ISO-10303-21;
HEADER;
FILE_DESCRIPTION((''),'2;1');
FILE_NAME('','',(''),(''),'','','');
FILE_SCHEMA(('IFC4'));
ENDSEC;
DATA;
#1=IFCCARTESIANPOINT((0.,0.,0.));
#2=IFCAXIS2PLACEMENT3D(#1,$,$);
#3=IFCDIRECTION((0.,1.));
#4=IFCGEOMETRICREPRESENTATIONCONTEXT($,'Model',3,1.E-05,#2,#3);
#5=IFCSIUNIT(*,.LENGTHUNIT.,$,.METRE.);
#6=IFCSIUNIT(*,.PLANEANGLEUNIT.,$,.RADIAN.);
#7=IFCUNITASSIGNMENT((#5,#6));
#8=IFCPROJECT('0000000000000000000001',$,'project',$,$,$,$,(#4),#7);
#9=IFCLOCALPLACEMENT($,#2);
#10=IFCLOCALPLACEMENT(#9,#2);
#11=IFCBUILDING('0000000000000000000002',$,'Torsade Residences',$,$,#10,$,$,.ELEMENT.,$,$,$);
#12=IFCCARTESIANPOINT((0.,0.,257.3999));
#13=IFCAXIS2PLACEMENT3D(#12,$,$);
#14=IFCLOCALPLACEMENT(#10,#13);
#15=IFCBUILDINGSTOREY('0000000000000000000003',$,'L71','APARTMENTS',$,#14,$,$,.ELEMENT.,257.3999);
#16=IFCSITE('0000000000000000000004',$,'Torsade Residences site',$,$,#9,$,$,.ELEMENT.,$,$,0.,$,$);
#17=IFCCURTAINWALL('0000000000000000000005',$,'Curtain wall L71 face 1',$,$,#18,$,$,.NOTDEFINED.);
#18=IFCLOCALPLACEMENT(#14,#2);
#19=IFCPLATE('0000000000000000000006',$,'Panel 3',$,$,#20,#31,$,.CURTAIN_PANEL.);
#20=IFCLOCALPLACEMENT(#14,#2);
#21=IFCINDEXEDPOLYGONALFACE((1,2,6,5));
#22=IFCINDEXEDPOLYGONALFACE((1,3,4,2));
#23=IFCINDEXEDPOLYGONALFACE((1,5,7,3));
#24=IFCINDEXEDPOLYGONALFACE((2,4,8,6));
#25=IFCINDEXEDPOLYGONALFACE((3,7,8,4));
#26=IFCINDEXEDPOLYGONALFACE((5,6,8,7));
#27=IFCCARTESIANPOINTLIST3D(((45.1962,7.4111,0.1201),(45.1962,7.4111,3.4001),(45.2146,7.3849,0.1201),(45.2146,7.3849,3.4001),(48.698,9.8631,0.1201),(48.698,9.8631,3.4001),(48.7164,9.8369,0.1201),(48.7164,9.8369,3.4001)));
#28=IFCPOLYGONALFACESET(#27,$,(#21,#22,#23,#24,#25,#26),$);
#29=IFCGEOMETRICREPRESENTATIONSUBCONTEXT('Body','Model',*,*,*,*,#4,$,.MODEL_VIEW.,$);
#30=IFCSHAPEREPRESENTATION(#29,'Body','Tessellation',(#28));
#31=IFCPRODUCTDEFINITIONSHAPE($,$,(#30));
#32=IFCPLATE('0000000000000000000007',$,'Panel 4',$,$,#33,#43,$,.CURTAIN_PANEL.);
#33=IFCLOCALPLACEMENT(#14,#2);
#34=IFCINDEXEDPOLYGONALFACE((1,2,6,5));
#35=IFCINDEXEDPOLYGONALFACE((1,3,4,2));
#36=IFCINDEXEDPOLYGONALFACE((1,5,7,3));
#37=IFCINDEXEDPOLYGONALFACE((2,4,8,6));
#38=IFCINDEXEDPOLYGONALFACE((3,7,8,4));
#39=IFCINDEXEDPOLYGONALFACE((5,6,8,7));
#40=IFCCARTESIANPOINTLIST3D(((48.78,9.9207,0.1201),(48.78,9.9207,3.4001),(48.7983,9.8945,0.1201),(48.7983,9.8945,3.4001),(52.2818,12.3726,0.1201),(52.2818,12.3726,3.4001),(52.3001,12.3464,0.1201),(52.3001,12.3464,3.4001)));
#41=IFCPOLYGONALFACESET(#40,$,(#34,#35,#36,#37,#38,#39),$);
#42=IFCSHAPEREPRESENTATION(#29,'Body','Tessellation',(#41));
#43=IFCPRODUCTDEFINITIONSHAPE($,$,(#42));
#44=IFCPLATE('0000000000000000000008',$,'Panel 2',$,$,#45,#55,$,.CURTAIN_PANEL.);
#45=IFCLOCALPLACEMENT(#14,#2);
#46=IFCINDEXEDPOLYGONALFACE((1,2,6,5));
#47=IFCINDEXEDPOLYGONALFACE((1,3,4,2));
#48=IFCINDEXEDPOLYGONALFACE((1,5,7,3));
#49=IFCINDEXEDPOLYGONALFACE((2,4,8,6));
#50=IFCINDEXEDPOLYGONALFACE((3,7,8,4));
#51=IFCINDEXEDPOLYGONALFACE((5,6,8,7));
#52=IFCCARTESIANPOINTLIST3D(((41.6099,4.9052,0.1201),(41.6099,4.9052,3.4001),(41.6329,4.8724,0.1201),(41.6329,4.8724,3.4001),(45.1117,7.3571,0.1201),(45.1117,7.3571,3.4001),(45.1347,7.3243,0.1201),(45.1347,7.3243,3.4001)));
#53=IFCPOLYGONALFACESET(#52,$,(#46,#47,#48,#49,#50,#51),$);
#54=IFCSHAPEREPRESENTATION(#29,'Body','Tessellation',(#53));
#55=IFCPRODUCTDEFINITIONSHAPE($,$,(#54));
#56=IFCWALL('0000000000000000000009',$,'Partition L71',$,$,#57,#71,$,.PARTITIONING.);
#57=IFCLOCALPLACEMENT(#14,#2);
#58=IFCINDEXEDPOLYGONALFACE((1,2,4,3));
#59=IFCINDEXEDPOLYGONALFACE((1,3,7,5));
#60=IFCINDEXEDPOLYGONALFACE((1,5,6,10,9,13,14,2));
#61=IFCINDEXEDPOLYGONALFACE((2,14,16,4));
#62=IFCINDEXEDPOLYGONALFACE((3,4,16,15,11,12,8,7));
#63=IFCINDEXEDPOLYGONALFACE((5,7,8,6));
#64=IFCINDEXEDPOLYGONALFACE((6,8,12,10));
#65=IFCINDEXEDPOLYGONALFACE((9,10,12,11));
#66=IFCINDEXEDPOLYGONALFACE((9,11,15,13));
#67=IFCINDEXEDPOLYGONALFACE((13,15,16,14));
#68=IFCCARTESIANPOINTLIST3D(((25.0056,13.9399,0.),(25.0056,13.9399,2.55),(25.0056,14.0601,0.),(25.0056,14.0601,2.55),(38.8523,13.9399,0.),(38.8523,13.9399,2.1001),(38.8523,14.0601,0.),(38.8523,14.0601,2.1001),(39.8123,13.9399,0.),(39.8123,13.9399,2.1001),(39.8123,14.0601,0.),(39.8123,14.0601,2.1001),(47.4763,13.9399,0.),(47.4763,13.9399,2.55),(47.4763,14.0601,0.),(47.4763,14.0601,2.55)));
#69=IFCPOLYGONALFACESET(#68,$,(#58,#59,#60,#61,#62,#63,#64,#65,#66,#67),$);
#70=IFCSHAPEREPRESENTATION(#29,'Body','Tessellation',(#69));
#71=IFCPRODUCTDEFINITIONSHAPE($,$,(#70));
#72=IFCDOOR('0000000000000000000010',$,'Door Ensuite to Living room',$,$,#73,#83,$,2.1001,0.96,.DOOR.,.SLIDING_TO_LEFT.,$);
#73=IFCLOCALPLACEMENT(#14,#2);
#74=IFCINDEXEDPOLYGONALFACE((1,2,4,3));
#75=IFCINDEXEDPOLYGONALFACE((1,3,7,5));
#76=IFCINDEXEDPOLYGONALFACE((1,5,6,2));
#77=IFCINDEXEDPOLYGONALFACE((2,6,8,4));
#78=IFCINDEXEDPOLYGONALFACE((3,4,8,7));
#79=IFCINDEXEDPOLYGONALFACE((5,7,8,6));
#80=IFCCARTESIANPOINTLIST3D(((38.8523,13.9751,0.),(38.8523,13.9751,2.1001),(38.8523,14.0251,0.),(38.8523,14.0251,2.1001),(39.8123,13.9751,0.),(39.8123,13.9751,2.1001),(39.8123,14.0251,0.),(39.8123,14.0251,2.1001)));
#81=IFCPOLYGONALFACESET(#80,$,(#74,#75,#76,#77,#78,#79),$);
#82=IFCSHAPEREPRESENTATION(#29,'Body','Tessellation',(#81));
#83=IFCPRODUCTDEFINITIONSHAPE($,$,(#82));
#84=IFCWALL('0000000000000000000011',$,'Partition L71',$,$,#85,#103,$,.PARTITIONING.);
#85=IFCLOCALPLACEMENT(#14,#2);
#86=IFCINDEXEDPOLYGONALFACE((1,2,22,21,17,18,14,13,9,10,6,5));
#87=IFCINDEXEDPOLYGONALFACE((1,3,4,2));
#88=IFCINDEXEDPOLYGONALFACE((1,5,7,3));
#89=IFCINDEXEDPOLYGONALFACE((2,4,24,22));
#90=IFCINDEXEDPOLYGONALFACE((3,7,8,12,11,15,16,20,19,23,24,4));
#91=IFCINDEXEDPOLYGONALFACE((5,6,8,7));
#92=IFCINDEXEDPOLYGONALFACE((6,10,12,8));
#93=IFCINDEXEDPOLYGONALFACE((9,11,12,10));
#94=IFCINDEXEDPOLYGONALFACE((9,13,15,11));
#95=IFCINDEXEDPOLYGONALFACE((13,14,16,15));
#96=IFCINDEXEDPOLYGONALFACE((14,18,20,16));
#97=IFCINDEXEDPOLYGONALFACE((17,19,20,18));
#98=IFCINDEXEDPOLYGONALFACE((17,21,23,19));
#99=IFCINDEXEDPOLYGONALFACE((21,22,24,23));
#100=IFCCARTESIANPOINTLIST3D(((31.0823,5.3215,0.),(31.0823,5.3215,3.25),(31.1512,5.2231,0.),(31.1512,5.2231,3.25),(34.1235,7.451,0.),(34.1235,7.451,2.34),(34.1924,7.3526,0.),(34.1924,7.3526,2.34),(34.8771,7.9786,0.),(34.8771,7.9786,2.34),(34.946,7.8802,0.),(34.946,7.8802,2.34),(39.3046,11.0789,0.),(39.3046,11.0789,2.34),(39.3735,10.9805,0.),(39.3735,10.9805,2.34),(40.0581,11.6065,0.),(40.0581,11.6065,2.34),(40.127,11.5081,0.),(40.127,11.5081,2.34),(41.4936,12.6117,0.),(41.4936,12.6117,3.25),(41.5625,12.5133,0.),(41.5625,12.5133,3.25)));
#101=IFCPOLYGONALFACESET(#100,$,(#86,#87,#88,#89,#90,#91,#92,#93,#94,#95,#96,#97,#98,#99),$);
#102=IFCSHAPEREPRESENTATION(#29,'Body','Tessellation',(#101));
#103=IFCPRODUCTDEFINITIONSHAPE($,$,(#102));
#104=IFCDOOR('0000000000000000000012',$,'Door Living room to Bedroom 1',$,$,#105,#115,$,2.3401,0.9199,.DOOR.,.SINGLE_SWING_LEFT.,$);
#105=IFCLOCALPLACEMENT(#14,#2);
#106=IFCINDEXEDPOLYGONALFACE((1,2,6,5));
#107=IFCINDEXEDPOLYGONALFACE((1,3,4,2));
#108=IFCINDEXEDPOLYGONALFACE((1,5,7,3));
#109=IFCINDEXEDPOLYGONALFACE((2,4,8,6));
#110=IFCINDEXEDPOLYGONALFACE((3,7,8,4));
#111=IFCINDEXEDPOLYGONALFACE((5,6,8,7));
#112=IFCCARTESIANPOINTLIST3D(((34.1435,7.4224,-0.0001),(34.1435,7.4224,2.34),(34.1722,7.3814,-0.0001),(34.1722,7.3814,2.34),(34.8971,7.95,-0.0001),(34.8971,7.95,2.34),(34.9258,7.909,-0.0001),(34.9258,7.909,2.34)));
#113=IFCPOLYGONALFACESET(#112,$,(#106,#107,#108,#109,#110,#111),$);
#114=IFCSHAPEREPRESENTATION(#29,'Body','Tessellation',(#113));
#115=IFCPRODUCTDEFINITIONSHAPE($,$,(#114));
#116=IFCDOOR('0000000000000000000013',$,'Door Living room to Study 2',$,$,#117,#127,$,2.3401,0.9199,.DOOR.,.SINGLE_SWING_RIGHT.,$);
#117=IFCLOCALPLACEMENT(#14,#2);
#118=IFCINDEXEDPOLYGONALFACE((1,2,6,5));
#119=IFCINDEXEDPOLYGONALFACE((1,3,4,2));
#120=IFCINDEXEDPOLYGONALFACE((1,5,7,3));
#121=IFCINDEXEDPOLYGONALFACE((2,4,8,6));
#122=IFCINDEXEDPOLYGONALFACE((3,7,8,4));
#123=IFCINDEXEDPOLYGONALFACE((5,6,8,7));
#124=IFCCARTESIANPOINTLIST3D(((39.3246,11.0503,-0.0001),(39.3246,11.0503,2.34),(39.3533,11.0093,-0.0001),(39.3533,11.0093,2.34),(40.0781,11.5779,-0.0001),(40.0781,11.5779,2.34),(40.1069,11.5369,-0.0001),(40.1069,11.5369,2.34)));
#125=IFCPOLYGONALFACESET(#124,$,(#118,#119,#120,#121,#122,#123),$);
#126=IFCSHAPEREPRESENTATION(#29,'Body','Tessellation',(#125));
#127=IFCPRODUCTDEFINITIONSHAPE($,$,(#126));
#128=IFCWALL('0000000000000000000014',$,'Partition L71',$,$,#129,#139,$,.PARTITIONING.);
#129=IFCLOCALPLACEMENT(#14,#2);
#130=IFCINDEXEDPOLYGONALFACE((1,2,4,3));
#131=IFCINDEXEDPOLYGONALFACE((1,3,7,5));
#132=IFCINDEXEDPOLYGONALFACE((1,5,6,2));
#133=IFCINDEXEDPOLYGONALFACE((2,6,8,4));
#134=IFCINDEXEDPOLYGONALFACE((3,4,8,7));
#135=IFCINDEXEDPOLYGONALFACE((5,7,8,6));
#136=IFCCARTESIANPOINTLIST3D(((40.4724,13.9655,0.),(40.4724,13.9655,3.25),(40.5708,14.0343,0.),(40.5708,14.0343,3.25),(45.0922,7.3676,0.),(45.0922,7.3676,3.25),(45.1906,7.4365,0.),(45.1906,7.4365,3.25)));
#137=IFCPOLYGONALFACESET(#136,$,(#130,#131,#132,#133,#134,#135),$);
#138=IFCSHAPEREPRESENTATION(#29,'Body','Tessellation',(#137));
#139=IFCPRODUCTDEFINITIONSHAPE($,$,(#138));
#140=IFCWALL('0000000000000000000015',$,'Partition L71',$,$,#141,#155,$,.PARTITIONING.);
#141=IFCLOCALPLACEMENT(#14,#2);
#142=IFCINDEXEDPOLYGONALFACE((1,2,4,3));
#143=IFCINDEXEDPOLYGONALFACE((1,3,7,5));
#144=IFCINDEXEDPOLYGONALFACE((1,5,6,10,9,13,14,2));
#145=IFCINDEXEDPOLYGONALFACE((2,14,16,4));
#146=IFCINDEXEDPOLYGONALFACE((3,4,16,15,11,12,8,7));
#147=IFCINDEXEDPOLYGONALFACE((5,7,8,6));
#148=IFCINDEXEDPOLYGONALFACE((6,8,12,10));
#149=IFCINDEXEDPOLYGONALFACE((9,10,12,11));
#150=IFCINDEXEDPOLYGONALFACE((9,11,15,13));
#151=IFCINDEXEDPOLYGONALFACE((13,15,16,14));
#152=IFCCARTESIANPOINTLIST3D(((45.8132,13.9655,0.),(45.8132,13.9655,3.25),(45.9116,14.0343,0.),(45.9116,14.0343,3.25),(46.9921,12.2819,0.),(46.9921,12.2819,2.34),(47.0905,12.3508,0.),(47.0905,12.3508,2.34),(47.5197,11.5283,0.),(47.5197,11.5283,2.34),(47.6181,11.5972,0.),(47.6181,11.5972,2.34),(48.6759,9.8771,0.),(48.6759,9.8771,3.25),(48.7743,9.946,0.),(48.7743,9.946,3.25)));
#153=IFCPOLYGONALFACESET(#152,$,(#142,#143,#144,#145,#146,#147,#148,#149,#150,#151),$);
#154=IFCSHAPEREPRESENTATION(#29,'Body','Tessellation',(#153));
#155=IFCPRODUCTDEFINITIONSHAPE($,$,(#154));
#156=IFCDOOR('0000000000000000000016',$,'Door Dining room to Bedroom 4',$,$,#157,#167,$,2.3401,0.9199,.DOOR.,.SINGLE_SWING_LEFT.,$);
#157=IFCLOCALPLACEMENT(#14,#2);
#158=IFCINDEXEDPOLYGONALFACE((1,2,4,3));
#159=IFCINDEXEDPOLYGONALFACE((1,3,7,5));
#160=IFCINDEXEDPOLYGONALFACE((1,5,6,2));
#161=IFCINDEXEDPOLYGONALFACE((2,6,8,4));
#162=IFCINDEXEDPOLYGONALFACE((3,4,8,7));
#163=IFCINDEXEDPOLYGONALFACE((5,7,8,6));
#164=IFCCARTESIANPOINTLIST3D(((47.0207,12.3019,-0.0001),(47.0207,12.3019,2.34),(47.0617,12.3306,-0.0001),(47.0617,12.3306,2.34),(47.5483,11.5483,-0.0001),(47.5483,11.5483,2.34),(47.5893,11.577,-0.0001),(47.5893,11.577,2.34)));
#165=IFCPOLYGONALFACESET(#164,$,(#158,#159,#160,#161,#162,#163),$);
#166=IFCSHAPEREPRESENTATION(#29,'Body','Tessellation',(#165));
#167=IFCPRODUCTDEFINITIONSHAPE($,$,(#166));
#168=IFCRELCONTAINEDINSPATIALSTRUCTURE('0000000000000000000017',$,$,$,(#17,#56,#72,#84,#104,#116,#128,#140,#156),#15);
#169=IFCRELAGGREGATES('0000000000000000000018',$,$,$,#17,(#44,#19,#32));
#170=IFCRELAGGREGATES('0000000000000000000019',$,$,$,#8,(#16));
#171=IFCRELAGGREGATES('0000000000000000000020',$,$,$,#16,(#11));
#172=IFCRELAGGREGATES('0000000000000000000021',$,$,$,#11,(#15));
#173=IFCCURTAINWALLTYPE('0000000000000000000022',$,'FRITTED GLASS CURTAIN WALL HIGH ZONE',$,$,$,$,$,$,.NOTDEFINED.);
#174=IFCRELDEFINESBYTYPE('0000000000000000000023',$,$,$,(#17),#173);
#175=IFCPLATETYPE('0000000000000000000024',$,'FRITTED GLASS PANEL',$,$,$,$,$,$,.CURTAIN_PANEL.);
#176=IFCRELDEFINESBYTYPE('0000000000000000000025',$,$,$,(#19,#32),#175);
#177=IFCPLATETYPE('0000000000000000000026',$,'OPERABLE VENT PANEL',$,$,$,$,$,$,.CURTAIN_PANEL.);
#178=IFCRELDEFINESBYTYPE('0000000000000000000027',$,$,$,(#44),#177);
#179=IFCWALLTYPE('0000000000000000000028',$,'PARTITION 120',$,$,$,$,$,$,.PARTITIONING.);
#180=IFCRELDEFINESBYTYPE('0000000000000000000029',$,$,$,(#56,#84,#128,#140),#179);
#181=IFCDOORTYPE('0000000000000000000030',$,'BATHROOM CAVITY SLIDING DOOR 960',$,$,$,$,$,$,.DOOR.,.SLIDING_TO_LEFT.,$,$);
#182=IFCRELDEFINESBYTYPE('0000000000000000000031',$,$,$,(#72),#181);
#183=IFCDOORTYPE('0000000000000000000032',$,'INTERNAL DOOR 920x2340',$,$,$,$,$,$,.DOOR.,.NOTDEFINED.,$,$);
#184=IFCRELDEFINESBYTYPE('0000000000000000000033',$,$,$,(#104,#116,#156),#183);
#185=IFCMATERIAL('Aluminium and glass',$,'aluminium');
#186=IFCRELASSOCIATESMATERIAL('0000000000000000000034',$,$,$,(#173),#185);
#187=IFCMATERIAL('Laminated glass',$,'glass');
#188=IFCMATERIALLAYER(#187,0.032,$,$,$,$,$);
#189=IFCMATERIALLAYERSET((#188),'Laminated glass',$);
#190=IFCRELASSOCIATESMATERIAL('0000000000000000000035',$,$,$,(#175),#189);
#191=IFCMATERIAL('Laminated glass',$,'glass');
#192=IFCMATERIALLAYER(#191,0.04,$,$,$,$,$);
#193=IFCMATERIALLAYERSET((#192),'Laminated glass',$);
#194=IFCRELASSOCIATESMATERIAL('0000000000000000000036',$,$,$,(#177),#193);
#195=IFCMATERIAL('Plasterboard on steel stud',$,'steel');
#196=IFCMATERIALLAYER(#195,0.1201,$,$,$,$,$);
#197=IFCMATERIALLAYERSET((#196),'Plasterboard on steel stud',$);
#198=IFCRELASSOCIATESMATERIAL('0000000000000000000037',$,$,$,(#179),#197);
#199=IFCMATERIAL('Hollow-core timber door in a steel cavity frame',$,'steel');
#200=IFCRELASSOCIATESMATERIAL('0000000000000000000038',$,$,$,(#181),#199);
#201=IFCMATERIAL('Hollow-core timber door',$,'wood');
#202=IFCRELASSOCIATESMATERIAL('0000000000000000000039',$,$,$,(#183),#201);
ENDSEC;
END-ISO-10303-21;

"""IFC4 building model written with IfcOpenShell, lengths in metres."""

from ifc_helpers import new_model, si_unit, direction, frame, frame_2d, origin, origin_2d, place, context, subcontext, project, spatial, rectangle, extrude, material, layer, layer_set, type_object, element, fill, aggregate, save


model = new_model("IFC4")

# Units and contexts
model_context = context("Model", 3, precision=1e-05, world=origin(), true_north=direction((0.0, 1.0)))
body_context = subcontext(model_context, "Body", "Model", "MODEL_VIEW")
ifc_project = project(units=[si_unit("LENGTHUNIT", "METRE"), si_unit("PLANEANGLEUNIT", "RADIAN")], contexts=[model_context])

# Site, building, storey
site_placement = place(None, origin())
site = spatial("IfcSite", under=ifc_project, at=site_placement, Name="Torsade Residences site", CompositionType="ELEMENT", RefElevation=0.0)
building_placement = place(site_placement, origin())
building = spatial("IfcBuilding", under=site, at=building_placement, Name="Torsade Residences", CompositionType="ELEMENT")
storey_placement = place(building_placement, frame((0.0, 0.0, 257.3999)))
storey = spatial("IfcBuildingStorey", under=building, at=storey_placement, Name="L71", Description="APARTMENTS", CompositionType="ELEMENT", Elevation=257.3999)

# Curtain wall
ifc_material_1 = material(Name="Aluminium and glass", Category="aluminium")
curtain_wall_type = type_object("IfcCurtainWallType", Name="FRITTED GLASS CURTAIN WALL HIGH ZONE", PredefinedType="NOTDEFINED", material=ifc_material_1)
curtain_wall_placement = place(storey_placement, origin())
curtain_wall = element("IfcCurtainWall", 1, at=curtain_wall_placement, inside=storey, type_object=curtain_wall_type, Name="Curtain wall L71 face 1", PredefinedType="NOTDEFINED")

# Plates
ifc_material_2 = material(Name="Laminated glass", Category="glass")
ifc_layer_1 = layer(ifc_material_2, 0.032)
ifc_layer_set_1 = layer_set([ifc_layer_1], Name="Laminated glass")
plate_type_1 = type_object("IfcPlateType", Name="FRITTED GLASS PANEL", PredefinedType="CURTAIN_PANEL", material=ifc_layer_set_1)
plate_1_placement = place(storey_placement, frame((46.9563, 8.624, 0.1201), z_axis=(0.0, 0.0, 1.0), x_axis=(0.819152, 0.573576, 0.0)))
plate_1 = element("IfcPlate", 2, at=plate_1_placement, type_object=plate_type_1, Name="Panel 3", PredefinedType="CURTAIN_PANEL", context=body_context, shape_type="SweptSolid", body=[
    extrude(rectangle(XDim=4.2749, YDim=0.032, at=origin_2d()), origin(), (0.0, 0.0, 1.0), 3.28),
])
plate_2_placement = place(storey_placement, frame((50.54, 11.1335, 0.1201), z_axis=(0.0, 0.0, 1.0), x_axis=(0.819152, 0.573576, 0.0)))
plate_2 = element("IfcPlate", 3, at=plate_2_placement, type_object=plate_type_1, Name="Panel 4", PredefinedType="CURTAIN_PANEL", context=body_context, shape_type="SweptSolid", body=[
    extrude(rectangle(XDim=4.2749, YDim=0.032, at=origin_2d()), origin(), (0.0, 0.0, 1.0), 3.28),
])
ifc_material_3 = material(Name="Laminated glass", Category="glass")
ifc_layer_2 = layer(ifc_material_3, 0.04)
ifc_layer_set_2 = layer_set([ifc_layer_2], Name="Laminated glass")
plate_type_2 = type_object("IfcPlateType", Name="OPERABLE VENT PANEL", PredefinedType="CURTAIN_PANEL", material=ifc_layer_set_2)
plate_3_placement = place(storey_placement, frame((43.3723, 6.1147, 0.1201), z_axis=(0.0, 0.0, 1.0), x_axis=(0.819152, 0.573576, 0.0)))
plate_3 = element("IfcPlate", 4, at=plate_3_placement, type_object=plate_type_2, Name="Panel 2", PredefinedType="CURTAIN_PANEL", context=body_context, shape_type="SweptSolid", body=[
    extrude(rectangle(XDim=4.2749, YDim=0.04, at=origin_2d()), origin(), (0.0, 0.0, 1.0), 3.28),
])
aggregate(curtain_wall, [plate_3, plate_1, plate_2])

# Wall, opening, door
ifc_material_4 = material(Name="Plasterboard on steel stud", Category="steel")
ifc_layer_3 = layer(ifc_material_4, 0.1201)
ifc_layer_set_3 = layer_set([ifc_layer_3], Name="Plasterboard on steel stud")
wall_type_1 = type_object("IfcWallType", Name="PARTITION 120", PredefinedType="PARTITIONING", material=ifc_layer_set_3)
wall_1_placement = place(storey_placement, frame((47.4763, 14.0, 0.0), z_axis=(0.0, 0.0, 1.0), x_axis=(-1.0, 0.0, 0.0)))
wall_1 = element("IfcWall", 5, at=wall_1_placement, inside=storey, type_object=wall_type_1, Name="Partition L71", PredefinedType="PARTITIONING", context=body_context, shape_type="SweptSolid", body=[
    extrude(rectangle(XDim=22.4707, YDim=0.1201, at=frame_2d((11.2354, 0.0))), origin(), (0.0, 0.0, 1.0), 2.55),
])
opening_1_placement = place(wall_1_placement, frame((7.6641, 0.0, 0.0)))
opening_1 = element("IfcOpeningElement", 6, at=opening_1_placement, cuts=wall_1, PredefinedType="OPENING", context=body_context, shape_type="SweptSolid", body=[
    extrude(rectangle(XDim=0.96, YDim=2.1001, at=frame_2d((0.48, 1.05))), frame((0.0, 0.0701, 0.0), z_axis=(0.0, -1.0, 0.0), x_axis=(1.0, 0.0, 0.0)), (0.0, 0.0, 1.0), 0.1401),
])
ifc_material_5 = material(Name="Hollow-core timber door in a steel cavity frame", Category="steel")
door_type_1 = type_object("IfcDoorType", Name="BATHROOM CAVITY SLIDING DOOR 960", OperationType="SLIDING_TO_LEFT", PredefinedType="DOOR", material=ifc_material_5)
door_1_placement = place(opening_1_placement, origin())
door_1 = element("IfcDoor", 7, at=door_1_placement, inside=storey, type_object=door_type_1, Name="Door Ensuite to Living room", OperationType="SLIDING_TO_LEFT", OverallHeight=2.1001, OverallWidth=0.96, PredefinedType="DOOR", context=body_context, shape_type="SweptSolid", body=[
    extrude(rectangle(XDim=0.96, YDim=2.1001, at=frame_2d((0.48, 1.05))), frame((0.0, 0.0249, 0.0), z_axis=(0.0, -1.0, 0.0), x_axis=(1.0, 0.0, 0.0)), (0.0, 0.0, 1.0), 0.05),
])
fill(opening_1, door_1)

# Wall, openings, doors
wall_2_placement = place(storey_placement, frame((41.5281, 12.5625, 0.0), z_axis=(0.0, 0.0, 1.0), x_axis=(-0.819146, -0.573585, 0.0)))
wall_2 = element("IfcWall", 8, at=wall_2_placement, inside=storey, type_object=wall_type_1, Name="Partition L71", PredefinedType="PARTITIONING", context=body_context, shape_type="SweptSolid", body=[
    extrude(rectangle(XDim=12.71, YDim=0.1201, at=frame_2d((6.355, 0.0))), origin(), (0.0, 0.0, 1.0), 3.25),
])
opening_2_placement = place(wall_2_placement, frame((8.0774, 0.0, 0.0)))
opening_2 = element("IfcOpeningElement", 9, at=opening_2_placement, cuts=wall_2, PredefinedType="OPENING", context=body_context, shape_type="SweptSolid", body=[
    extrude(rectangle(XDim=0.9199, YDim=2.3401, at=frame_2d((0.46, 1.1699))), frame((0.0, 0.0701, 0.0), z_axis=(0.0, -1.0, 0.0), x_axis=(1.0, 0.0, 0.0)), (0.0, 0.0, 1.0), 0.1401),
])
opening_3_placement = place(wall_2_placement, frame((1.7524, 0.0, 0.0)))
opening_3 = element("IfcOpeningElement", 10, at=opening_3_placement, cuts=wall_2, PredefinedType="OPENING", context=body_context, shape_type="SweptSolid", body=[
    extrude(rectangle(XDim=0.9199, YDim=2.3401, at=frame_2d((0.46, 1.1699))), frame((0.0, 0.0701, 0.0), z_axis=(0.0, -1.0, 0.0), x_axis=(1.0, 0.0, 0.0)), (0.0, 0.0, 1.0), 0.1401),
])
ifc_material_6 = material(Name="Hollow-core timber door", Category="wood")
door_type_2 = type_object("IfcDoorType", Name="INTERNAL DOOR 920x2340", OperationType="NOTDEFINED", PredefinedType="DOOR", material=ifc_material_6)
door_2_placement = place(opening_2_placement, origin())
door_2 = element("IfcDoor", 11, at=door_2_placement, inside=storey, type_object=door_type_2, Name="Door Living room to Bedroom 1", OperationType="SINGLE_SWING_LEFT", OverallHeight=2.3401, OverallWidth=0.9199, PredefinedType="DOOR", context=body_context, shape_type="SweptSolid", body=[
    extrude(rectangle(XDim=0.9199, YDim=2.3401, at=frame_2d((0.46, 1.1699))), frame((0.0, 0.0249, 0.0), z_axis=(0.0, -1.0, 0.0), x_axis=(1.0, 0.0, 0.0)), (0.0, 0.0, 1.0), 0.05),
])
fill(opening_2, door_2)
door_3_placement = place(opening_3_placement, origin())
door_3 = element("IfcDoor", 12, at=door_3_placement, inside=storey, type_object=door_type_2, Name="Door Living room to Study 2", OperationType="SINGLE_SWING_RIGHT", OverallHeight=2.3401, OverallWidth=0.9199, PredefinedType="DOOR", context=body_context, shape_type="SweptSolid", body=[
    extrude(rectangle(XDim=0.9199, YDim=2.3401, at=frame_2d((0.46, 1.1699))), frame((0.0, 0.0249, 0.0), z_axis=(0.0, -1.0, 0.0), x_axis=(1.0, 0.0, 0.0)), (0.0, 0.0, 1.0), 0.05),
])
fill(opening_3, door_3)

# Wall
wall_3_placement = place(storey_placement, frame((40.5215, 14.0, 0.0), z_axis=(0.0, 0.0, 1.0), x_axis=(0.573574, -0.819154, 0.0)))
element("IfcWall", 13, at=wall_3_placement, inside=storey, type_object=wall_type_1, Name="Partition L71", PredefinedType="PARTITIONING", context=body_context, shape_type="SweptSolid", body=[
    extrude(rectangle(XDim=8.0544, YDim=0.1201, at=frame_2d((4.0273, 0.0))), origin(), (0.0, 0.0, 1.0), 3.25),
])

# Wall, opening, door
wall_4_placement = place(storey_placement, frame((45.8623, 14.0, 0.0), z_axis=(0.0, 0.0, 1.0), x_axis=(0.573587, -0.819145, 0.0)))
wall_4 = element("IfcWall", 14, at=wall_4_placement, inside=storey, type_object=wall_type_1, Name="Partition L71", PredefinedType="PARTITIONING", context=body_context, shape_type="SweptSolid", body=[
    extrude(rectangle(XDim=4.991, YDim=0.1201, at=frame_2d((2.4956, 0.0))), origin(), (0.0, 0.0, 1.0), 3.25),
])
opening_4_placement = place(wall_4_placement, frame((2.0554, 0.0, 0.0)))
opening_4 = element("IfcOpeningElement", 15, at=opening_4_placement, cuts=wall_4, PredefinedType="OPENING", context=body_context, shape_type="SweptSolid", body=[
    extrude(rectangle(XDim=0.9199, YDim=2.3401, at=frame_2d((0.46, 1.1699))), frame((0.0, 0.0701, 0.0), z_axis=(0.0, -1.0, 0.0), x_axis=(1.0, 0.0, 0.0)), (0.0, 0.0, 1.0), 0.1401),
])
door_4_placement = place(opening_4_placement, origin())
door_4 = element("IfcDoor", 16, at=door_4_placement, inside=storey, type_object=door_type_2, Name="Door Dining room to Bedroom 4", OperationType="SINGLE_SWING_LEFT", OverallHeight=2.3401, OverallWidth=0.9199, PredefinedType="DOOR", context=body_context, shape_type="SweptSolid", body=[
    extrude(rectangle(XDim=0.9199, YDim=2.3401, at=frame_2d((0.46, 1.1699))), frame((0.0, 0.0249, 0.0), z_axis=(0.0, -1.0, 0.0), x_axis=(1.0, 0.0, 0.0)), (0.0, 0.0, 1.0), 0.05),
])
fill(opening_4, door_4)

save(model, "model.ifc")
